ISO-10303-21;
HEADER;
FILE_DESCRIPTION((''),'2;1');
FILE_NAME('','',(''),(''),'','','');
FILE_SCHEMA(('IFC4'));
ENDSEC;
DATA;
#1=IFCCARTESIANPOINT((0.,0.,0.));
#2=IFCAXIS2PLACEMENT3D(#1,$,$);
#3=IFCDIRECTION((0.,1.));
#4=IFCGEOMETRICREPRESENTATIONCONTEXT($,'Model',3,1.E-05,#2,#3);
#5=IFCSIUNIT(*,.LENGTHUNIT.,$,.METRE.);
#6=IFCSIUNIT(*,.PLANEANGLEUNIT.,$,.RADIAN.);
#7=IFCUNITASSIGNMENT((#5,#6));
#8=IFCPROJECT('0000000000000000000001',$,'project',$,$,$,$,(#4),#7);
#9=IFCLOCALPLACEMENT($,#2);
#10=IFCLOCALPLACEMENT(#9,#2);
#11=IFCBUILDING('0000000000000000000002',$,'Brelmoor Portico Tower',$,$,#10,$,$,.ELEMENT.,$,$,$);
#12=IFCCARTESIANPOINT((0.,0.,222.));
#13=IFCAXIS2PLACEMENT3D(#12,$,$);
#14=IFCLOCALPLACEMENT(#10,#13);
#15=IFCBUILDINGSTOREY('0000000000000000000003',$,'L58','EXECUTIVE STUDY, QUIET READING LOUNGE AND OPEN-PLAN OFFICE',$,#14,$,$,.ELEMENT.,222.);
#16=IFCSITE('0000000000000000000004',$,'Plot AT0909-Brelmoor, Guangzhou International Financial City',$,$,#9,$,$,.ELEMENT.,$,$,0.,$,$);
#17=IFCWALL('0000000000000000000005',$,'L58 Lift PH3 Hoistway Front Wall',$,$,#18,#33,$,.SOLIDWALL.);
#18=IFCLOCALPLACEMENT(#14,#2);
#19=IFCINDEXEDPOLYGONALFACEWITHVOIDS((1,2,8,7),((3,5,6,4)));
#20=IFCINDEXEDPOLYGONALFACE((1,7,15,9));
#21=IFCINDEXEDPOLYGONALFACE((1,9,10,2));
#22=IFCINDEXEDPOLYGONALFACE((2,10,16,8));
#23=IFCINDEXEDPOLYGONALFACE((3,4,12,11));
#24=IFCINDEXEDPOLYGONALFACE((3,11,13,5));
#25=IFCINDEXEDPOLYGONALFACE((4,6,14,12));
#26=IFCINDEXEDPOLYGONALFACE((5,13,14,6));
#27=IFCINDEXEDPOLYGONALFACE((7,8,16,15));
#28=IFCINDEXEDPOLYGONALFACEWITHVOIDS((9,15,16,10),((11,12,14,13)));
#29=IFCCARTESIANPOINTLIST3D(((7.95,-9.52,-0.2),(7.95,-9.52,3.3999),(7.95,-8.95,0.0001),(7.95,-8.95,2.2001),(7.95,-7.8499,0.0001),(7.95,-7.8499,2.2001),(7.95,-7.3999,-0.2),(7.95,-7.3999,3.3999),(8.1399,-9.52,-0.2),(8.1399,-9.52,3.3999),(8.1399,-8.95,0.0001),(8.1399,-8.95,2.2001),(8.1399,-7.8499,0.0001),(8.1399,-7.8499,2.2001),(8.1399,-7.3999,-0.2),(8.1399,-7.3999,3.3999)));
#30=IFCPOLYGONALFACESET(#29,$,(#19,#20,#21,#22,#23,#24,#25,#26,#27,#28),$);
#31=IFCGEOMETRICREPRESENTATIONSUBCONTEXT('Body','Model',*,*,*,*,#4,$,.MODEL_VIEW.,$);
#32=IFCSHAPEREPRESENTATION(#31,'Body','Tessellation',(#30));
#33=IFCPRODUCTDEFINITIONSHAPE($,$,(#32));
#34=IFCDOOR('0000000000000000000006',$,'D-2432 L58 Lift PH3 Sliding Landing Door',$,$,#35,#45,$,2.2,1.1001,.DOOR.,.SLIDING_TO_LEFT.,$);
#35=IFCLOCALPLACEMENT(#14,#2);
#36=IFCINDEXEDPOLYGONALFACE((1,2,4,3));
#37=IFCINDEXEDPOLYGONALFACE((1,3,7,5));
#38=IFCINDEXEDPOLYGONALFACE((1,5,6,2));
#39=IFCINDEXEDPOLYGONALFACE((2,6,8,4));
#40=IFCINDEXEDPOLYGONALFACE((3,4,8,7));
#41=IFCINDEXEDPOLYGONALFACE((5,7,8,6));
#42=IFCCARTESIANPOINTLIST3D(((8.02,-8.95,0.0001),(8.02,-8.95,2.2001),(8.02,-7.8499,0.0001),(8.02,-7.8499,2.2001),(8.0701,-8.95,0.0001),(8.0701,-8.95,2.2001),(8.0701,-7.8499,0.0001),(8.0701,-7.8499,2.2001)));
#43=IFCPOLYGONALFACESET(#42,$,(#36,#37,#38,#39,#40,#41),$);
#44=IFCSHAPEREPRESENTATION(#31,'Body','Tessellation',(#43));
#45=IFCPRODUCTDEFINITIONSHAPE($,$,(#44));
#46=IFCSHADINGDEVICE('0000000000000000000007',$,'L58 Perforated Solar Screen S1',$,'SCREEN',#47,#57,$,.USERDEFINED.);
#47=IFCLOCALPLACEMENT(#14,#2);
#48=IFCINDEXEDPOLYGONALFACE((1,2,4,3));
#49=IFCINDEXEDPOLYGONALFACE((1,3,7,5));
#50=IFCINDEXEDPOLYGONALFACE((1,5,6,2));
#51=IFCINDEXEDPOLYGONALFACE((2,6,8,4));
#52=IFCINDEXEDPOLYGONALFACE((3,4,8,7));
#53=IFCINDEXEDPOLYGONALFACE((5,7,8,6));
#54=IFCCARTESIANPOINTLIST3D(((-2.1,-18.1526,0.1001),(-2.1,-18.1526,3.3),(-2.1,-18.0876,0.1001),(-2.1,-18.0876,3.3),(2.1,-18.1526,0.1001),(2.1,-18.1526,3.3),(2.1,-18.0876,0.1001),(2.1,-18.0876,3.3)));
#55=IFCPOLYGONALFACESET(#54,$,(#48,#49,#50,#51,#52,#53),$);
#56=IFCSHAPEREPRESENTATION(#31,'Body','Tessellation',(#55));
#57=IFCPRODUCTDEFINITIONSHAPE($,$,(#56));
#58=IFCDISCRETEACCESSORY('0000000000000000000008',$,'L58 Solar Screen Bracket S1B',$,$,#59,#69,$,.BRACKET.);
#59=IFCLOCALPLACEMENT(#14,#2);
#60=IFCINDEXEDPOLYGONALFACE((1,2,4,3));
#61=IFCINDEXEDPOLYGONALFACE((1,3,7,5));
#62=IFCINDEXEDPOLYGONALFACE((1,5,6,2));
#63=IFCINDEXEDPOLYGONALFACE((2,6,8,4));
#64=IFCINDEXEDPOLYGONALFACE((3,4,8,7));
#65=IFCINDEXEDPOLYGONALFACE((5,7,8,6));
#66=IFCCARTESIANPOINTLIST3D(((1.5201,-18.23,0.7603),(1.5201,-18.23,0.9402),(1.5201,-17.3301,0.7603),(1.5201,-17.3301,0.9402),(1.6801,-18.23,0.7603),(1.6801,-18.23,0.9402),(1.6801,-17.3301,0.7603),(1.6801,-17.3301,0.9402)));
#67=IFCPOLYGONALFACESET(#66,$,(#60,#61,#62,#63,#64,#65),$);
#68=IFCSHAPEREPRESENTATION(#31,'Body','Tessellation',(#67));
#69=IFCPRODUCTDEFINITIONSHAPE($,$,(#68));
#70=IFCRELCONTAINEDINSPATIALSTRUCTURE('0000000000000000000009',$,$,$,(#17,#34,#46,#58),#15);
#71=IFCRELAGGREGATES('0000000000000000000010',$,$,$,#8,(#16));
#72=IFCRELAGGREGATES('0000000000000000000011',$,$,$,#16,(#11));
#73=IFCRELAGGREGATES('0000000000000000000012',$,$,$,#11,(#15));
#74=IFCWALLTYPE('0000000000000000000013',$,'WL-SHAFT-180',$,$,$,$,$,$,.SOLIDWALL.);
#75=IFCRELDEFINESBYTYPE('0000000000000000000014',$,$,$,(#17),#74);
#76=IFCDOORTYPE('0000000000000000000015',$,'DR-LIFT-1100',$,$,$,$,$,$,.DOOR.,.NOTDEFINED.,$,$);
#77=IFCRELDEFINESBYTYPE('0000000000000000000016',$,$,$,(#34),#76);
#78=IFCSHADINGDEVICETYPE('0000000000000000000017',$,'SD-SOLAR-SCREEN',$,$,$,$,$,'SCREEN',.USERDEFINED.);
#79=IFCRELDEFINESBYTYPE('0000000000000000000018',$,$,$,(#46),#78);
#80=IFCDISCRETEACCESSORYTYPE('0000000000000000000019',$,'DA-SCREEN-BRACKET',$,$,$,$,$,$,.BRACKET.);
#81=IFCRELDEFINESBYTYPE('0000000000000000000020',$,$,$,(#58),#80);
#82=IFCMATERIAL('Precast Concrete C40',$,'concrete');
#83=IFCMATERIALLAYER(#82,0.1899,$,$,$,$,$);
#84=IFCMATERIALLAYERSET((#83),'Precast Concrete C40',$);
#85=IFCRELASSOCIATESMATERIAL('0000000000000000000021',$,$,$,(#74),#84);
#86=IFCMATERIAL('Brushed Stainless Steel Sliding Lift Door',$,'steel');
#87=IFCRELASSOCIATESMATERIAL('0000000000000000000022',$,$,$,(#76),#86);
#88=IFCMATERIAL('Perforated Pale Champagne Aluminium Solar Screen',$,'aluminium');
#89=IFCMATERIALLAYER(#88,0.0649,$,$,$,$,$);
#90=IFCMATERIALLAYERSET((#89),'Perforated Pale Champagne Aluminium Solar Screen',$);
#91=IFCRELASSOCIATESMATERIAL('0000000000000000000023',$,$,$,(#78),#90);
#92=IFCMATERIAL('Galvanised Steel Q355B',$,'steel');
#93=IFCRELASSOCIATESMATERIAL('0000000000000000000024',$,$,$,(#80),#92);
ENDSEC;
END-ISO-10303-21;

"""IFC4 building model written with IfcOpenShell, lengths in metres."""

from ifc_helpers import new_model, si_unit, direction, frame, frame_2d, origin, origin_2d, place, context, subcontext, project, spatial, rectangle, extrude, material, layer, layer_set, type_object, element, fill, save


model = new_model("IFC4")

# Units and contexts
model_context = context("Model", 3, precision=1e-05, world=origin(), true_north=direction((0.0, 1.0)))
body_context = subcontext(model_context, "Body", "Model", "MODEL_VIEW")
ifc_project = project(units=[si_unit("LENGTHUNIT", "METRE"), si_unit("PLANEANGLEUNIT", "RADIAN")], contexts=[model_context])

# Site, building, storey
site_placement = place(None, origin())
site = spatial("IfcSite", under=ifc_project, at=site_placement, Name="Plot AT0909-Brelmoor, Guangzhou International Financial City", CompositionType="ELEMENT", RefElevation=0.0)
building_placement = place(site_placement, origin())
building = spatial("IfcBuilding", under=site, at=building_placement, Name="Brelmoor Portico Tower", CompositionType="ELEMENT")
storey_placement = place(building_placement, frame((0.0, 0.0, 222.0)))
storey = spatial("IfcBuildingStorey", under=building, at=storey_placement, Name="L58", Description="EXECUTIVE STUDY, QUIET READING LOUNGE AND OPEN-PLAN OFFICE", CompositionType="ELEMENT", Elevation=222.0)

# Wall, opening, door
ifc_material_1 = material(Name="Precast Concrete C40", Category="concrete")
ifc_layer_1 = layer(ifc_material_1, 0.1899)
ifc_layer_set_1 = layer_set([ifc_layer_1], Name="Precast Concrete C40")
wall_type_1 = type_object("IfcWallType", Name="WL-SHAFT-180", PredefinedType="SOLIDWALL", material=ifc_layer_set_1)
wall_1_placement = place(storey_placement, frame((8.0449, -9.52, -0.2), z_axis=(0.0, 0.0, 1.0), x_axis=(0.0, 1.0, 0.0)))
wall_1 = element("IfcWall", 1, at=wall_1_placement, inside=storey, type_object=wall_type_1, Name="L58 Lift PH3 Hoistway Front Wall", PredefinedType="SOLIDWALL", context=body_context, shape_type="SweptSolid", body=[
    extrude(rectangle(XDim=2.1201, YDim=0.1899, at=frame_2d((1.0601, 0.0))), origin(), (0.0, 0.0, 1.0), 3.5999),
])
opening_1_placement = place(wall_1_placement, frame((0.5701, 0.0, 0.2)))
opening_1 = element("IfcOpeningElement", 2, at=opening_1_placement, cuts=wall_1, PredefinedType="OPENING", context=body_context, shape_type="SweptSolid", body=[
    extrude(rectangle(XDim=1.1001, YDim=2.2, at=frame_2d((0.55, 1.1001))), frame((0.0, 0.105, 0.0), z_axis=(0.0, -1.0, 0.0), x_axis=(1.0, 0.0, 0.0)), (0.0, 0.0, 1.0), 0.21),
])
ifc_material_2 = material(Name="Brushed Stainless Steel Sliding Lift Door", Category="steel")
door_type_1 = type_object("IfcDoorType", Name="DR-LIFT-1100", OperationType="NOTDEFINED", PredefinedType="DOOR", material=ifc_material_2)
door_1_placement = place(opening_1_placement, origin())
door_1 = element("IfcDoor", 3, at=door_1_placement, inside=storey, type_object=door_type_1, Name="D-2432 L58 Lift PH3 Sliding Landing Door", OperationType="SLIDING_TO_LEFT", OverallHeight=2.2, OverallWidth=1.1001, PredefinedType="DOOR", context=body_context, shape_type="SweptSolid", body=[
    extrude(rectangle(XDim=1.1001, YDim=2.2, at=frame_2d((0.55, 1.1001))), frame((0.0, 0.0249, 0.0), z_axis=(0.0, -1.0, 0.0), x_axis=(1.0, 0.0, 0.0)), (0.0, 0.0, 1.0), 0.05),
])
fill(opening_1, door_1)

# Shading device
ifc_material_3 = material(Name="Perforated Pale Champagne Aluminium Solar Screen", Category="aluminium")
ifc_layer_2 = layer(ifc_material_3, 0.0649)
ifc_layer_set_2 = layer_set([ifc_layer_2], Name="Perforated Pale Champagne Aluminium Solar Screen")
shading_device_type = type_object("IfcShadingDeviceType", Name="SD-SOLAR-SCREEN", ElementType="SCREEN", PredefinedType="USERDEFINED", material=ifc_layer_set_2)
shading_device_placement = place(storey_placement, frame((0.0, -18.1201, 0.1001), z_axis=(0.0, 0.0, 1.0), x_axis=(1.0, 0.0, 0.0)))
element("IfcShadingDevice", 4, at=shading_device_placement, inside=storey, type_object=shading_device_type, Name="L58 Perforated Solar Screen S1", ObjectType="SCREEN", PredefinedType="USERDEFINED", context=body_context, shape_type="SweptSolid", body=[
    extrude(rectangle(XDim=4.2, YDim=0.0649, at=origin_2d()), origin(), (0.0, 0.0, 1.0), 3.2),
])

# Discrete accessory
ifc_material_4 = material(Name="Galvanised Steel Q355B", Category="steel")
discrete_accessory_type = type_object("IfcDiscreteAccessoryType", Name="DA-SCREEN-BRACKET", PredefinedType="BRACKET", material=ifc_material_4)
discrete_accessory_placement = place(storey_placement, frame((1.6001, -17.78, 0.7603), z_axis=(0.0, 0.0, 1.0), x_axis=(1.0, 0.0, 0.0)))
element("IfcDiscreteAccessory", 5, at=discrete_accessory_placement, inside=storey, type_object=discrete_accessory_type, Name="L58 Solar Screen Bracket S1B", PredefinedType="BRACKET", context=body_context, shape_type="SweptSolid", body=[
    extrude(rectangle(XDim=0.1599, YDim=0.8999, at=origin_2d()), origin(), (0.0, 0.0, 1.0), 0.1799),
])

save(model, "model.ifc")
